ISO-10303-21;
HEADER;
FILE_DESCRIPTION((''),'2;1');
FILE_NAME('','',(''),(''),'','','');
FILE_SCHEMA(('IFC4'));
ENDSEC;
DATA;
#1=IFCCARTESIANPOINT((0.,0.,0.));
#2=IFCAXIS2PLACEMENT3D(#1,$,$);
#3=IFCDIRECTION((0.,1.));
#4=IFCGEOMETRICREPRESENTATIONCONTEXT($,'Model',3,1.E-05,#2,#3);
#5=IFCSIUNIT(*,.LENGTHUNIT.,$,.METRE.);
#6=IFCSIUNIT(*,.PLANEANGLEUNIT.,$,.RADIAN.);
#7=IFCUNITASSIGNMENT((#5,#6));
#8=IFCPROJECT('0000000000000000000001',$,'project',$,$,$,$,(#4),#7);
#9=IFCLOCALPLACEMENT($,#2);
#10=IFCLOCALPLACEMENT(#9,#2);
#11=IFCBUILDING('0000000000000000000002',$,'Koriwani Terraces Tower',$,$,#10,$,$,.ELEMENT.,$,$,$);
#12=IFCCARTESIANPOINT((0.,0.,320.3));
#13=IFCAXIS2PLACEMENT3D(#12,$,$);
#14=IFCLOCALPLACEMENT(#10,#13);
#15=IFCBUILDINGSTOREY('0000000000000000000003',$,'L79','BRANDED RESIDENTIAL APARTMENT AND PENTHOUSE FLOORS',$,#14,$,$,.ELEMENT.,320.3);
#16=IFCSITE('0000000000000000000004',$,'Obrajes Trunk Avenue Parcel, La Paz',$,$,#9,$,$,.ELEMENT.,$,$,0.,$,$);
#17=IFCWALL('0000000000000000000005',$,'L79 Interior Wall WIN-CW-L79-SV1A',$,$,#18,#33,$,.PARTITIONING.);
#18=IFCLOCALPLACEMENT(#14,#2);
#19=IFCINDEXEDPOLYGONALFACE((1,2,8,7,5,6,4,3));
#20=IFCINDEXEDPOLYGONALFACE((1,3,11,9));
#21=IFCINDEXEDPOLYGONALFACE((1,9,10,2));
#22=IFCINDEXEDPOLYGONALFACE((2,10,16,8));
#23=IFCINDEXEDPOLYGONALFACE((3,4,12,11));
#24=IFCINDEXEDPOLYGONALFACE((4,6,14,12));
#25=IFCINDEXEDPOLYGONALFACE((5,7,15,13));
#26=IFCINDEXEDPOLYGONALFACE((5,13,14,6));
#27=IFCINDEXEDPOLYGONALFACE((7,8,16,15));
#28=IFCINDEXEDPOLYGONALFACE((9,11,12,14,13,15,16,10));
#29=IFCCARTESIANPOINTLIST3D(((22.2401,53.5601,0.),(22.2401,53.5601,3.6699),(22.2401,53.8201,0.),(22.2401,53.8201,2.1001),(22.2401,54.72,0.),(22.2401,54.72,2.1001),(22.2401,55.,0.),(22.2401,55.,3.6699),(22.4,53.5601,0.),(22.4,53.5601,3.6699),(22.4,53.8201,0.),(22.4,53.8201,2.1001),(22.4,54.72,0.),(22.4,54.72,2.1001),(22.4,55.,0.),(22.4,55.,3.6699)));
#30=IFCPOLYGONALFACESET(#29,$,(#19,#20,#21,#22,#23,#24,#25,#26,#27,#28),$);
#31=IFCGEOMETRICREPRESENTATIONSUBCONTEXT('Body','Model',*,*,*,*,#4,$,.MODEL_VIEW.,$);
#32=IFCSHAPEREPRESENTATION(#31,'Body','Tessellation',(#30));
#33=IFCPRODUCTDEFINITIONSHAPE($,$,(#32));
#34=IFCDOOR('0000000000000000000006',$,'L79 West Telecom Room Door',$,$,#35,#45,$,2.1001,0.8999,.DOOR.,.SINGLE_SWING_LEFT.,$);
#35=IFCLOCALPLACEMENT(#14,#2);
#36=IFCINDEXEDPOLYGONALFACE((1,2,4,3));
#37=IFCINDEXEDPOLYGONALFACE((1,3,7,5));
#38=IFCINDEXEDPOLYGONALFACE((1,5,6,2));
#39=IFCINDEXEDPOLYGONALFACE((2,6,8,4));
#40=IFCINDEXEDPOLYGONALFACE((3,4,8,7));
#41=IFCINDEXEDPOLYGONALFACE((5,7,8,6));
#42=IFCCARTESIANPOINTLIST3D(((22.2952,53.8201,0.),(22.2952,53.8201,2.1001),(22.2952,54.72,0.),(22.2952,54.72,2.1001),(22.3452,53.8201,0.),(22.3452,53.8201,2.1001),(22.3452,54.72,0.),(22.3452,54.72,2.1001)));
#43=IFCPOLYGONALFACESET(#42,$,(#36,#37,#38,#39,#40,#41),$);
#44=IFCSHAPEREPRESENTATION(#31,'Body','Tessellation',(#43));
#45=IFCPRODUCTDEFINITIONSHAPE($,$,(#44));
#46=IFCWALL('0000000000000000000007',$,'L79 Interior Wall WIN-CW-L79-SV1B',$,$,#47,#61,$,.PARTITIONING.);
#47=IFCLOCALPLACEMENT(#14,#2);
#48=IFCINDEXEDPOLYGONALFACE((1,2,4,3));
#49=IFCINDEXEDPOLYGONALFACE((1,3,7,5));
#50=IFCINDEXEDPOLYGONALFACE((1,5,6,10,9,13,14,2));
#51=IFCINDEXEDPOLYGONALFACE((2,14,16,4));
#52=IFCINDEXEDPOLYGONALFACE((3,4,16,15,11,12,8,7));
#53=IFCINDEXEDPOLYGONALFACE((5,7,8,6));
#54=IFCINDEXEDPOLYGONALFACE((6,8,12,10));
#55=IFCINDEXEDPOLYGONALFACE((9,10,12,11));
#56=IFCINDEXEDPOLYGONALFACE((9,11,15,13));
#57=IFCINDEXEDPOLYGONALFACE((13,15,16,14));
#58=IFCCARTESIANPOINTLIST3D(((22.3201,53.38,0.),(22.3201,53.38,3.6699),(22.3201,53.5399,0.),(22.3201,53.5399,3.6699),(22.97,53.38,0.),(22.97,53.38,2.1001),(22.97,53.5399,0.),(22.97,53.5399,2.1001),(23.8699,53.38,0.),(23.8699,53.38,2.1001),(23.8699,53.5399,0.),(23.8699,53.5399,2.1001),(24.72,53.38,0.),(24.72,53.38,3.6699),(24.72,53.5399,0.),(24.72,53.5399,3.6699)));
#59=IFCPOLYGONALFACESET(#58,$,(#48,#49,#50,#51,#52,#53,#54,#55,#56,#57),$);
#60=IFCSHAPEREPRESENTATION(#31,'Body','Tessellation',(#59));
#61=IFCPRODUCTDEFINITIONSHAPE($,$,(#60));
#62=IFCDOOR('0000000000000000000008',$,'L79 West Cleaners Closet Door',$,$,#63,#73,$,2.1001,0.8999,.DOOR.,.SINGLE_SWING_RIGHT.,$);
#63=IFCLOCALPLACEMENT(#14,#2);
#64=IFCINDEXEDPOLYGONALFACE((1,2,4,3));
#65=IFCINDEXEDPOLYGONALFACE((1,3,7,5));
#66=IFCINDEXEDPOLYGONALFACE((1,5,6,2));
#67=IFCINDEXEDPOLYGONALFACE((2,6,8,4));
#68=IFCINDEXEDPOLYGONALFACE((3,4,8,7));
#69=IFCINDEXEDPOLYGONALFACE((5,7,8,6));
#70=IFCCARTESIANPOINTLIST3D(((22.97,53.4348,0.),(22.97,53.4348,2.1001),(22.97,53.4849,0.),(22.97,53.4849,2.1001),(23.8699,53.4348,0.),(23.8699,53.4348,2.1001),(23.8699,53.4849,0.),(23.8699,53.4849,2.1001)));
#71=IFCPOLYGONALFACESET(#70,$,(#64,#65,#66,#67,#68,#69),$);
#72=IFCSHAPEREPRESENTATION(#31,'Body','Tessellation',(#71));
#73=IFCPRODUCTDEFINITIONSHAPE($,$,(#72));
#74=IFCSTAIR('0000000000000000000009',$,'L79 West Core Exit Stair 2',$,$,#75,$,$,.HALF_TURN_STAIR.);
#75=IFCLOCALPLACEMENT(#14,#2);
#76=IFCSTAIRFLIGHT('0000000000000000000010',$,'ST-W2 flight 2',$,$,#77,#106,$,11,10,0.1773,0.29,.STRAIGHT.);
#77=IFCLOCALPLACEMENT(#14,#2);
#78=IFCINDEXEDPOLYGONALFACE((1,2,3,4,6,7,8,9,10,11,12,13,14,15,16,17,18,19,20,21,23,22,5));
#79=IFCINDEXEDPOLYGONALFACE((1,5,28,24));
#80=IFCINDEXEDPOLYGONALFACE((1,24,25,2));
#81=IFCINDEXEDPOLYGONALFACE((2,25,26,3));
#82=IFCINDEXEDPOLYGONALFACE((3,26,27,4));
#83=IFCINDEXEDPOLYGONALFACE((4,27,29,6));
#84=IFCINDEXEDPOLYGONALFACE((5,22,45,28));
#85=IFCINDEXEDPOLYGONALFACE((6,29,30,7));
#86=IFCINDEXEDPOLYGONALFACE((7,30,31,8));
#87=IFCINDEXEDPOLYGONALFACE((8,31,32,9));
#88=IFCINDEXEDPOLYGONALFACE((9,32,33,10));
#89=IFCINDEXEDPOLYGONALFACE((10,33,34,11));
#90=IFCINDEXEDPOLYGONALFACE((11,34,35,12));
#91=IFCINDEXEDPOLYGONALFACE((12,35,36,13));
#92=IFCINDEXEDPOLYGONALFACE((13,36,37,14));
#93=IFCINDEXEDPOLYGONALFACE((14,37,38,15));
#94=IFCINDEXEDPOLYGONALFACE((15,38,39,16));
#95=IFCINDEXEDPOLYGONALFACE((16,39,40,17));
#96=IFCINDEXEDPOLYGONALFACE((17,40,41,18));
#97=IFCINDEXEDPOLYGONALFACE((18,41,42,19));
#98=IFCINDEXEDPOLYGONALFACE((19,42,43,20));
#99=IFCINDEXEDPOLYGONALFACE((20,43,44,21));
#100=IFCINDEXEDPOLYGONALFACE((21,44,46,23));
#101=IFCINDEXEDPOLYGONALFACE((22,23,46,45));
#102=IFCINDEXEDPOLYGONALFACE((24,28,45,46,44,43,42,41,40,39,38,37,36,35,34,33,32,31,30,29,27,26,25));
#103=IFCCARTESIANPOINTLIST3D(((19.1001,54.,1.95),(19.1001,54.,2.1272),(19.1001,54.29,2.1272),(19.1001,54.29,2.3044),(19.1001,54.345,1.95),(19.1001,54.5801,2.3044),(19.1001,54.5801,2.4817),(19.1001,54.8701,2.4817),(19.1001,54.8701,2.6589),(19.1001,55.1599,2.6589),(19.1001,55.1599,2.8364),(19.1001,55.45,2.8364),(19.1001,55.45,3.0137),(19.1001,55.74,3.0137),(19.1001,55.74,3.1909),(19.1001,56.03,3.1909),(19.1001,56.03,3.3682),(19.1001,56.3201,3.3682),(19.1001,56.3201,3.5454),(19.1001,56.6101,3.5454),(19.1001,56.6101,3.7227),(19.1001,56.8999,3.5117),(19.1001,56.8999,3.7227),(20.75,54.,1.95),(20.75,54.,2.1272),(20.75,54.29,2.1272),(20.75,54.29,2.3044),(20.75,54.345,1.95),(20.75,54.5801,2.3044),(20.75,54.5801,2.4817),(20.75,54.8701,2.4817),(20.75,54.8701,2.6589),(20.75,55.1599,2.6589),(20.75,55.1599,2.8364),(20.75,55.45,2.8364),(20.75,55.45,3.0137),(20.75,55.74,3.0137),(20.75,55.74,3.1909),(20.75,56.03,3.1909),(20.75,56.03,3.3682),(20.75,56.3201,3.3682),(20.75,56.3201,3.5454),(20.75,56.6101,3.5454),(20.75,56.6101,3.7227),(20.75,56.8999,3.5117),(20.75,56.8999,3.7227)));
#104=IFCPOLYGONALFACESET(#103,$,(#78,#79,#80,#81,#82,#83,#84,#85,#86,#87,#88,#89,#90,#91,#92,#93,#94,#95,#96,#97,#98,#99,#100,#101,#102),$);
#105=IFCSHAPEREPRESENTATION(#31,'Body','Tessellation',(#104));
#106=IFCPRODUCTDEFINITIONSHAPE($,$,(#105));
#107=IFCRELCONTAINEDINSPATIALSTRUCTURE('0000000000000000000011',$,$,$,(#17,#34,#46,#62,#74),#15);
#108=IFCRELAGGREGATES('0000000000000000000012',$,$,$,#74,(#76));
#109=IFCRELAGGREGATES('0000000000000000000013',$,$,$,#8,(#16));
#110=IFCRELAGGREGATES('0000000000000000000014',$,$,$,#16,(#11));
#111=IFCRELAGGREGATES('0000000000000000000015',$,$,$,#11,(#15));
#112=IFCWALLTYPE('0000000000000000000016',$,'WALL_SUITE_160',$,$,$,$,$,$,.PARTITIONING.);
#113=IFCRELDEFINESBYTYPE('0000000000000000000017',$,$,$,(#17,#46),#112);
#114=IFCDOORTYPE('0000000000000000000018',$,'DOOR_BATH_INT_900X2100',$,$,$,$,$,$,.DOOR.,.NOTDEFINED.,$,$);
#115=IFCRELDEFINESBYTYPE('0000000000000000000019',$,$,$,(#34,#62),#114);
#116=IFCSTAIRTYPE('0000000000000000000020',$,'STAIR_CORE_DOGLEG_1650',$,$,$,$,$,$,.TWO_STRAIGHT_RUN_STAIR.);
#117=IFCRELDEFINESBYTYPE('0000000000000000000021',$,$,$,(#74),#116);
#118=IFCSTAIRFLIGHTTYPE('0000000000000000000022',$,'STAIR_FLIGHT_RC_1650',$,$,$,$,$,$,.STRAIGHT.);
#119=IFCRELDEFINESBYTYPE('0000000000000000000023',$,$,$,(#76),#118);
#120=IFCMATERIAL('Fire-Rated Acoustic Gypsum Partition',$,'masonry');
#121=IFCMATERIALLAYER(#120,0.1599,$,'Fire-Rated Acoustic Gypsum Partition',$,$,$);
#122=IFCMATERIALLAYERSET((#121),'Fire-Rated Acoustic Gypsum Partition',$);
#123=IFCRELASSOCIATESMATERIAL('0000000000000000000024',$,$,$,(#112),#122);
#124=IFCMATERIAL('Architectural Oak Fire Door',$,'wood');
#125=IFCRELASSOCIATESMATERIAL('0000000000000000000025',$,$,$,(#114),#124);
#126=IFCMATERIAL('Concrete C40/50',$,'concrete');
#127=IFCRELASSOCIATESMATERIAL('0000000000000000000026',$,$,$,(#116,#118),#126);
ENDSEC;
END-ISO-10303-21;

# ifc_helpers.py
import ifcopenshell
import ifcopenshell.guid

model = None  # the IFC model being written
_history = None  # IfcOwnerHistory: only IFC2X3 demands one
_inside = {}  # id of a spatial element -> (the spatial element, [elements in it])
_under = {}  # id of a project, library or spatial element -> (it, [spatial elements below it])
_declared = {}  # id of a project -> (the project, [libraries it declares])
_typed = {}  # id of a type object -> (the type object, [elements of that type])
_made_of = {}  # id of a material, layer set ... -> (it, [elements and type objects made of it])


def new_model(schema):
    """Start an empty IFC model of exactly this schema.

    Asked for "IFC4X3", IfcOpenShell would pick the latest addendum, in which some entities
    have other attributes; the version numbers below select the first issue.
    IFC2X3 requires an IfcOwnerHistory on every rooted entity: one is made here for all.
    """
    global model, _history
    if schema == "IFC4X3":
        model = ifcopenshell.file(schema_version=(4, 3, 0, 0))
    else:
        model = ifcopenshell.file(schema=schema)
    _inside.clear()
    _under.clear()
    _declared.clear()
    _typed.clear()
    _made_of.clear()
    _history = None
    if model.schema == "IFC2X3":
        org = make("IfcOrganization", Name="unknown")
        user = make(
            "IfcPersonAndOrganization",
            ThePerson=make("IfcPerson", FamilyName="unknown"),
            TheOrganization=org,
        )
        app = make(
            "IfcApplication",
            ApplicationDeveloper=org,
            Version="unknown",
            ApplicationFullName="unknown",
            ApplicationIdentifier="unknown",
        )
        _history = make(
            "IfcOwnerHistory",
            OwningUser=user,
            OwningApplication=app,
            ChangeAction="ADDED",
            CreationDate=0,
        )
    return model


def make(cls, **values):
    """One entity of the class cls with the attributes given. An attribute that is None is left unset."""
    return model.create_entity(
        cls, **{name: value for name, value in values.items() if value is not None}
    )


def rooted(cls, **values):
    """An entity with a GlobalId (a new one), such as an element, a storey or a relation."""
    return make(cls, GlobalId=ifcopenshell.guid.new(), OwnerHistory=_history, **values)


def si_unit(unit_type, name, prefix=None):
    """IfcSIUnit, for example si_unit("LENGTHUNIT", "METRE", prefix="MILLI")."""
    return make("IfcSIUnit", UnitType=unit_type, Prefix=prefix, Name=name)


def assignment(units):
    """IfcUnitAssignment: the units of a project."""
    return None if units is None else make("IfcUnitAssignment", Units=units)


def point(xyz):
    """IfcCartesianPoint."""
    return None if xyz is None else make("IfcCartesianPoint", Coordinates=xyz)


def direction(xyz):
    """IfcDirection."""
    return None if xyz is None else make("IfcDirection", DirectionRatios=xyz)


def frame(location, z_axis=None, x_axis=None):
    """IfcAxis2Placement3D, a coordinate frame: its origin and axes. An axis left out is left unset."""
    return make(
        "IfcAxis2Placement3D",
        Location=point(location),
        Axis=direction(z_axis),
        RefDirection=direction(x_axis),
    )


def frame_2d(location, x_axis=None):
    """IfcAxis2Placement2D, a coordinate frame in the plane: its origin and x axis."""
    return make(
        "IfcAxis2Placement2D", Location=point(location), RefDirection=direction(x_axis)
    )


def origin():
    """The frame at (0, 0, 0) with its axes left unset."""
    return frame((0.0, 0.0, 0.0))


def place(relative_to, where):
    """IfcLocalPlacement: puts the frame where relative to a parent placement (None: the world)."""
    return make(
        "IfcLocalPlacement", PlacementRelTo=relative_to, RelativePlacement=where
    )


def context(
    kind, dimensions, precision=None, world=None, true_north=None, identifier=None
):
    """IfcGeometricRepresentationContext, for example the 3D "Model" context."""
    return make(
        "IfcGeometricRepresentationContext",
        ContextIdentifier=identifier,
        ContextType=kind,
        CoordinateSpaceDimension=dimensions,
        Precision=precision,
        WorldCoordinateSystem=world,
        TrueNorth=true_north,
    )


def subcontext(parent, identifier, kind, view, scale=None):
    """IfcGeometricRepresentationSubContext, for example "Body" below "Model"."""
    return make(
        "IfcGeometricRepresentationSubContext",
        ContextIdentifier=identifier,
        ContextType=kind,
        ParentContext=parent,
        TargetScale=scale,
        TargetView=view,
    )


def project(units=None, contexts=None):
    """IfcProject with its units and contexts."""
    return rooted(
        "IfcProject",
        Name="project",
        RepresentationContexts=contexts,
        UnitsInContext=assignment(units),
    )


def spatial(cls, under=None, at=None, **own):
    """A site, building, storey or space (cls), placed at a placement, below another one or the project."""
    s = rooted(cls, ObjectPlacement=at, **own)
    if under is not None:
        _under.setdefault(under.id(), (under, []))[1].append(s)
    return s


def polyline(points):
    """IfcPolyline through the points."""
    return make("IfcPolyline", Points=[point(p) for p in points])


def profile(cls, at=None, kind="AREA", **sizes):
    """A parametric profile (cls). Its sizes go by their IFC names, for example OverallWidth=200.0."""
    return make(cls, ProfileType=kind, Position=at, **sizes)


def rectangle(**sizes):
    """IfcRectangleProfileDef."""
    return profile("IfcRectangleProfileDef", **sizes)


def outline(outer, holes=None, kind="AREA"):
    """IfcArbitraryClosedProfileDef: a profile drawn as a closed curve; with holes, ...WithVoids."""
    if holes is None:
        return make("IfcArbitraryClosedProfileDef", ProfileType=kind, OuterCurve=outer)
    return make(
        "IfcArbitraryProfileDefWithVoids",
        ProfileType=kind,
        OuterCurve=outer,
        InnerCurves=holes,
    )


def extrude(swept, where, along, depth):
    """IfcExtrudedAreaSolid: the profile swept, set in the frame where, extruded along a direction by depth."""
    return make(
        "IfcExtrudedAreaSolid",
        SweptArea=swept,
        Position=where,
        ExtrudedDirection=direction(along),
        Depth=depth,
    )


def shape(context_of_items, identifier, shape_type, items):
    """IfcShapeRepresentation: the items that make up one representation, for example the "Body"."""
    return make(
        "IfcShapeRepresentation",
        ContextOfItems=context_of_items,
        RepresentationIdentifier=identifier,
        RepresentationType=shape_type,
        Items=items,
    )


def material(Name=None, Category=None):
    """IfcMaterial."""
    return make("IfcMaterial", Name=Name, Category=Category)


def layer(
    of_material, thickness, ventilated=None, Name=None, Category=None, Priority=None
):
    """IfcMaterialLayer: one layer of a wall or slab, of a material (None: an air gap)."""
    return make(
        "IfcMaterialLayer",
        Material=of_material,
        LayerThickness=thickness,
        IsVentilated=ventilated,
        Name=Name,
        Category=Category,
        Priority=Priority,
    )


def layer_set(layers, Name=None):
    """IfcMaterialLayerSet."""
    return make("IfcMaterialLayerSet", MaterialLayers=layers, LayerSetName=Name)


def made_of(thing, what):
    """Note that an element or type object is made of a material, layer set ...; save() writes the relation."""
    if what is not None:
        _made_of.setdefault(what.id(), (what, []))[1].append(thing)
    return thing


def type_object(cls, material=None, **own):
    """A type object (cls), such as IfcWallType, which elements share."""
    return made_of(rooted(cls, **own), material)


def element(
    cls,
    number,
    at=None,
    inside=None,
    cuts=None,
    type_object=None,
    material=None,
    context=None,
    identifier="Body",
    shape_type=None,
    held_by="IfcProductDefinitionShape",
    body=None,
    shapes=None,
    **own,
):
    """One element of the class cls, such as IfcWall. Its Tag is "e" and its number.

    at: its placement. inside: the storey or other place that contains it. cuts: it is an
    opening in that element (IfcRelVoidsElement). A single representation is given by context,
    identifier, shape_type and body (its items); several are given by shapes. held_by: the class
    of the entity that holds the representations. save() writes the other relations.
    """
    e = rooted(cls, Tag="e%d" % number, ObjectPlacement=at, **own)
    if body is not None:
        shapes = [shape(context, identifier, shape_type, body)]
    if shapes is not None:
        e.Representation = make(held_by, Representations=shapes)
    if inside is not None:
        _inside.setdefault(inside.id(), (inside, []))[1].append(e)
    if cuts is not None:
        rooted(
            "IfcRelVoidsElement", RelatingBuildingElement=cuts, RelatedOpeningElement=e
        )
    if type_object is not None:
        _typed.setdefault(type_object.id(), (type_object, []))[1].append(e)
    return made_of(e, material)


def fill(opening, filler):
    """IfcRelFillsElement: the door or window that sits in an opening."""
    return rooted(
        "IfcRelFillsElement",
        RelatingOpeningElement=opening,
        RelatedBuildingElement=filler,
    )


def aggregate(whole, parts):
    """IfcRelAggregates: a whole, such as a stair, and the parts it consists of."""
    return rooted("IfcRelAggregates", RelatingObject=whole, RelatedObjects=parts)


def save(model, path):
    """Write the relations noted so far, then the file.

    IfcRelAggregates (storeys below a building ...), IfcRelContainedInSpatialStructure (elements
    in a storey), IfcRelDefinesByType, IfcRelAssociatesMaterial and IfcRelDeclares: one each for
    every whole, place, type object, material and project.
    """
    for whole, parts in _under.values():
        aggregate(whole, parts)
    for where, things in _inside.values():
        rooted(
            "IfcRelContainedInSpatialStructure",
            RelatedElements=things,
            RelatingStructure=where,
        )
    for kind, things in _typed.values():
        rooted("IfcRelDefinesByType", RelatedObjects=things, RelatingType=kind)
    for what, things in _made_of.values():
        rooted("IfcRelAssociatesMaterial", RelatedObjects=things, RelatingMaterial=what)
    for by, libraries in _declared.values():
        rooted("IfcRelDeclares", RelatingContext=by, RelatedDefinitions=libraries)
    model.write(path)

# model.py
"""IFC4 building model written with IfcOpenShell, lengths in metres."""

from ifc_helpers import new_model, si_unit, direction, frame, frame_2d, origin, place, context, subcontext, project, spatial, polyline, rectangle, outline, extrude, material, layer, layer_set, type_object, element, fill, aggregate, save


model = new_model("IFC4")

# Units and contexts
model_context = context("Model", 3, precision=1e-05, world=origin(), true_north=direction((0.0, 1.0)))
body_context = subcontext(model_context, "Body", "Model", "MODEL_VIEW")
ifc_project = project(units=[si_unit("LENGTHUNIT", "METRE"), si_unit("PLANEANGLEUNIT", "RADIAN")], contexts=[model_context])

# Site, building, storey
site_placement = place(None, origin())
site = spatial("IfcSite", under=ifc_project, at=site_placement, Name="Obrajes Trunk Avenue Parcel, La Paz", CompositionType="ELEMENT", RefElevation=0.0)
building_placement = place(site_placement, origin())
building = spatial("IfcBuilding", under=site, at=building_placement, Name="Koriwani Terraces Tower", CompositionType="ELEMENT")
storey_placement = place(building_placement, frame((0.0, 0.0, 320.3)))
storey = spatial("IfcBuildingStorey", under=building, at=storey_placement, Name="L79", Description="BRANDED RESIDENTIAL APARTMENT AND PENTHOUSE FLOORS", CompositionType="ELEMENT", Elevation=320.3)

# Shared definitions
ifc_material_1 = material(Name="Concrete C40/50", Category="concrete")

# Walls, openings, doors
ifc_material_2 = material(Name="Fire-Rated Acoustic Gypsum Partition", Category="masonry")
ifc_layer_1 = layer(ifc_material_2, 0.1599, Name="Fire-Rated Acoustic Gypsum Partition")
ifc_layer_set_1 = layer_set([ifc_layer_1], Name="Fire-Rated Acoustic Gypsum Partition")
wall_type_1 = type_object("IfcWallType", Name="WALL_SUITE_160", PredefinedType="PARTITIONING", material=ifc_layer_set_1)
wall_1_placement = place(storey_placement, frame((22.3201, 53.5601, 0.0), z_axis=(0.0, 0.0, 1.0), x_axis=(0.0, 1.0, 0.0)))
wall_1 = element("IfcWall", 1, at=wall_1_placement, inside=storey, type_object=wall_type_1, Name="L79 Interior Wall WIN-CW-L79-SV1A", PredefinedType="PARTITIONING", context=body_context, shape_type="SweptSolid", body=[
    extrude(rectangle(XDim=1.4399, YDim=0.1599, at=frame_2d((0.72, 0.0))), origin(), (0.0, 0.0, 1.0), 3.6699),
])
opening_1_placement = place(wall_1_placement, frame((0.26, 0.0, 0.0)))
opening_1 = element("IfcOpeningElement", 2, at=opening_1_placement, cuts=wall_1, PredefinedType="OPENING", context=body_context, shape_type="SweptSolid", body=[
    extrude(rectangle(XDim=0.8999, YDim=2.1001, at=frame_2d((0.45, 1.05))), frame((0.0, 0.0898, 0.0), z_axis=(0.0, -1.0, 0.0), x_axis=(1.0, 0.0, 0.0)), (0.0, 0.0, 1.0), 0.1799),
])
ifc_material_3 = material(Name="Architectural Oak Fire Door", Category="wood")
door_type_1 = type_object("IfcDoorType", Name="DOOR_BATH_INT_900X2100", OperationType="NOTDEFINED", PredefinedType="DOOR", material=ifc_material_3)
door_1_placement = place(opening_1_placement, origin())
door_1 = element("IfcDoor", 3, at=door_1_placement, inside=storey, type_object=door_type_1, Name="L79 West Telecom Room Door", OperationType="SINGLE_SWING_LEFT", OverallHeight=2.1001, OverallWidth=0.8999, PredefinedType="DOOR", context=body_context, shape_type="SweptSolid", body=[
    extrude(rectangle(XDim=0.8999, YDim=2.1001, at=frame_2d((0.45, 1.05))), frame((0.0, 0.0249, 0.0), z_axis=(0.0, -1.0, 0.0), x_axis=(1.0, 0.0, 0.0)), (0.0, 0.0, 1.0), 0.05),
])
fill(opening_1, door_1)
wall_2_placement = place(storey_placement, frame((22.3201, 53.46, 0.0), z_axis=(0.0, 0.0, 1.0), x_axis=(1.0, 0.0, 0.0)))
wall_2 = element("IfcWall", 4, at=wall_2_placement, inside=storey, type_object=wall_type_1, Name="L79 Interior Wall WIN-CW-L79-SV1B", PredefinedType="PARTITIONING", context=body_context, shape_type="SweptSolid", body=[
    extrude(rectangle(XDim=2.3999, YDim=0.1599, at=frame_2d((1.2, 0.0))), origin(), (0.0, 0.0, 1.0), 3.6699),
])
opening_2_placement = place(wall_2_placement, frame((0.6499, 0.0, 0.0)))
opening_2 = element("IfcOpeningElement", 5, at=opening_2_placement, cuts=wall_2, PredefinedType="OPENING", context=body_context, shape_type="SweptSolid", body=[
    extrude(rectangle(XDim=0.8999, YDim=2.1001, at=frame_2d((0.45, 1.05))), frame((0.0, 0.0898, 0.0), z_axis=(0.0, -1.0, 0.0), x_axis=(1.0, 0.0, 0.0)), (0.0, 0.0, 1.0), 0.1799),
])
door_2_placement = place(opening_2_placement, origin())
door_2 = element("IfcDoor", 6, at=door_2_placement, inside=storey, type_object=door_type_1, Name="L79 West Cleaners Closet Door", OperationType="SINGLE_SWING_RIGHT", OverallHeight=2.1001, OverallWidth=0.8999, PredefinedType="DOOR", context=body_context, shape_type="SweptSolid", body=[
    extrude(rectangle(XDim=0.8999, YDim=2.1001, at=frame_2d((0.45, 1.05))), frame((0.0, 0.0249, 0.0), z_axis=(0.0, -1.0, 0.0), x_axis=(1.0, 0.0, 0.0)), (0.0, 0.0, 1.0), 0.05),
])
fill(opening_2, door_2)

# Stair, stair flight
stair_type = type_object("IfcStairType", Name="STAIR_CORE_DOGLEG_1650", PredefinedType="TWO_STRAIGHT_RUN_STAIR", material=ifc_material_1)
stair_placement = place(storey_placement, origin())
stair = element("IfcStair", 7, at=stair_placement, inside=storey, type_object=stair_type, Name="L79 West Core Exit Stair 2", PredefinedType="HALF_TURN_STAIR")
stair_flight_type = type_object("IfcStairFlightType", Name="STAIR_FLIGHT_RC_1650", PredefinedType="STRAIGHT", material=ifc_material_1)
stair_flight_placement = place(storey_placement, frame((19.925, 54.0, 1.95), z_axis=(0.0, 0.0, 1.0), x_axis=(0.0, 1.0, 0.0)))
stair_flight = element("IfcStairFlight", 8, at=stair_flight_placement, type_object=stair_flight_type, Name="ST-W2 flight 2", NumberOfRisers=11, NumberOfTreads=10, PredefinedType="STRAIGHT", RiserHeight=0.1773, TreadLength=0.29, context=body_context, shape_type="SweptSolid", body=[
    extrude(outline(polyline([(0.0, 0.0), (0.0, 0.1772), (0.29, 0.1772), (0.29, 0.3545), (0.5801, 0.3545), (0.5801, 0.5317), (0.8701, 0.5317), (0.8701, 0.709), (1.1599, 0.709), (1.1599, 0.8865), (1.45, 0.8865), (1.45, 1.0637), (1.74, 1.0637), (1.74, 1.241), (2.03, 1.241), (2.03, 1.4182), (2.3201, 1.4182), (2.3201, 1.5955), (2.6101, 1.5955), (2.6101, 1.7727), (2.8999, 1.7727), (2.8999, 1.95), (2.8999, 1.5618), (0.345, 0.0), (0.0, 0.0)])), frame((0.0, 0.825, 0.0), z_axis=(0.0, -1.0, 0.0), x_axis=(1.0, 0.0, 0.0)), (0.0, 0.0, 1.0), 1.6499),
])
aggregate(stair, [stair_flight])

save(model, "model.ifc")
